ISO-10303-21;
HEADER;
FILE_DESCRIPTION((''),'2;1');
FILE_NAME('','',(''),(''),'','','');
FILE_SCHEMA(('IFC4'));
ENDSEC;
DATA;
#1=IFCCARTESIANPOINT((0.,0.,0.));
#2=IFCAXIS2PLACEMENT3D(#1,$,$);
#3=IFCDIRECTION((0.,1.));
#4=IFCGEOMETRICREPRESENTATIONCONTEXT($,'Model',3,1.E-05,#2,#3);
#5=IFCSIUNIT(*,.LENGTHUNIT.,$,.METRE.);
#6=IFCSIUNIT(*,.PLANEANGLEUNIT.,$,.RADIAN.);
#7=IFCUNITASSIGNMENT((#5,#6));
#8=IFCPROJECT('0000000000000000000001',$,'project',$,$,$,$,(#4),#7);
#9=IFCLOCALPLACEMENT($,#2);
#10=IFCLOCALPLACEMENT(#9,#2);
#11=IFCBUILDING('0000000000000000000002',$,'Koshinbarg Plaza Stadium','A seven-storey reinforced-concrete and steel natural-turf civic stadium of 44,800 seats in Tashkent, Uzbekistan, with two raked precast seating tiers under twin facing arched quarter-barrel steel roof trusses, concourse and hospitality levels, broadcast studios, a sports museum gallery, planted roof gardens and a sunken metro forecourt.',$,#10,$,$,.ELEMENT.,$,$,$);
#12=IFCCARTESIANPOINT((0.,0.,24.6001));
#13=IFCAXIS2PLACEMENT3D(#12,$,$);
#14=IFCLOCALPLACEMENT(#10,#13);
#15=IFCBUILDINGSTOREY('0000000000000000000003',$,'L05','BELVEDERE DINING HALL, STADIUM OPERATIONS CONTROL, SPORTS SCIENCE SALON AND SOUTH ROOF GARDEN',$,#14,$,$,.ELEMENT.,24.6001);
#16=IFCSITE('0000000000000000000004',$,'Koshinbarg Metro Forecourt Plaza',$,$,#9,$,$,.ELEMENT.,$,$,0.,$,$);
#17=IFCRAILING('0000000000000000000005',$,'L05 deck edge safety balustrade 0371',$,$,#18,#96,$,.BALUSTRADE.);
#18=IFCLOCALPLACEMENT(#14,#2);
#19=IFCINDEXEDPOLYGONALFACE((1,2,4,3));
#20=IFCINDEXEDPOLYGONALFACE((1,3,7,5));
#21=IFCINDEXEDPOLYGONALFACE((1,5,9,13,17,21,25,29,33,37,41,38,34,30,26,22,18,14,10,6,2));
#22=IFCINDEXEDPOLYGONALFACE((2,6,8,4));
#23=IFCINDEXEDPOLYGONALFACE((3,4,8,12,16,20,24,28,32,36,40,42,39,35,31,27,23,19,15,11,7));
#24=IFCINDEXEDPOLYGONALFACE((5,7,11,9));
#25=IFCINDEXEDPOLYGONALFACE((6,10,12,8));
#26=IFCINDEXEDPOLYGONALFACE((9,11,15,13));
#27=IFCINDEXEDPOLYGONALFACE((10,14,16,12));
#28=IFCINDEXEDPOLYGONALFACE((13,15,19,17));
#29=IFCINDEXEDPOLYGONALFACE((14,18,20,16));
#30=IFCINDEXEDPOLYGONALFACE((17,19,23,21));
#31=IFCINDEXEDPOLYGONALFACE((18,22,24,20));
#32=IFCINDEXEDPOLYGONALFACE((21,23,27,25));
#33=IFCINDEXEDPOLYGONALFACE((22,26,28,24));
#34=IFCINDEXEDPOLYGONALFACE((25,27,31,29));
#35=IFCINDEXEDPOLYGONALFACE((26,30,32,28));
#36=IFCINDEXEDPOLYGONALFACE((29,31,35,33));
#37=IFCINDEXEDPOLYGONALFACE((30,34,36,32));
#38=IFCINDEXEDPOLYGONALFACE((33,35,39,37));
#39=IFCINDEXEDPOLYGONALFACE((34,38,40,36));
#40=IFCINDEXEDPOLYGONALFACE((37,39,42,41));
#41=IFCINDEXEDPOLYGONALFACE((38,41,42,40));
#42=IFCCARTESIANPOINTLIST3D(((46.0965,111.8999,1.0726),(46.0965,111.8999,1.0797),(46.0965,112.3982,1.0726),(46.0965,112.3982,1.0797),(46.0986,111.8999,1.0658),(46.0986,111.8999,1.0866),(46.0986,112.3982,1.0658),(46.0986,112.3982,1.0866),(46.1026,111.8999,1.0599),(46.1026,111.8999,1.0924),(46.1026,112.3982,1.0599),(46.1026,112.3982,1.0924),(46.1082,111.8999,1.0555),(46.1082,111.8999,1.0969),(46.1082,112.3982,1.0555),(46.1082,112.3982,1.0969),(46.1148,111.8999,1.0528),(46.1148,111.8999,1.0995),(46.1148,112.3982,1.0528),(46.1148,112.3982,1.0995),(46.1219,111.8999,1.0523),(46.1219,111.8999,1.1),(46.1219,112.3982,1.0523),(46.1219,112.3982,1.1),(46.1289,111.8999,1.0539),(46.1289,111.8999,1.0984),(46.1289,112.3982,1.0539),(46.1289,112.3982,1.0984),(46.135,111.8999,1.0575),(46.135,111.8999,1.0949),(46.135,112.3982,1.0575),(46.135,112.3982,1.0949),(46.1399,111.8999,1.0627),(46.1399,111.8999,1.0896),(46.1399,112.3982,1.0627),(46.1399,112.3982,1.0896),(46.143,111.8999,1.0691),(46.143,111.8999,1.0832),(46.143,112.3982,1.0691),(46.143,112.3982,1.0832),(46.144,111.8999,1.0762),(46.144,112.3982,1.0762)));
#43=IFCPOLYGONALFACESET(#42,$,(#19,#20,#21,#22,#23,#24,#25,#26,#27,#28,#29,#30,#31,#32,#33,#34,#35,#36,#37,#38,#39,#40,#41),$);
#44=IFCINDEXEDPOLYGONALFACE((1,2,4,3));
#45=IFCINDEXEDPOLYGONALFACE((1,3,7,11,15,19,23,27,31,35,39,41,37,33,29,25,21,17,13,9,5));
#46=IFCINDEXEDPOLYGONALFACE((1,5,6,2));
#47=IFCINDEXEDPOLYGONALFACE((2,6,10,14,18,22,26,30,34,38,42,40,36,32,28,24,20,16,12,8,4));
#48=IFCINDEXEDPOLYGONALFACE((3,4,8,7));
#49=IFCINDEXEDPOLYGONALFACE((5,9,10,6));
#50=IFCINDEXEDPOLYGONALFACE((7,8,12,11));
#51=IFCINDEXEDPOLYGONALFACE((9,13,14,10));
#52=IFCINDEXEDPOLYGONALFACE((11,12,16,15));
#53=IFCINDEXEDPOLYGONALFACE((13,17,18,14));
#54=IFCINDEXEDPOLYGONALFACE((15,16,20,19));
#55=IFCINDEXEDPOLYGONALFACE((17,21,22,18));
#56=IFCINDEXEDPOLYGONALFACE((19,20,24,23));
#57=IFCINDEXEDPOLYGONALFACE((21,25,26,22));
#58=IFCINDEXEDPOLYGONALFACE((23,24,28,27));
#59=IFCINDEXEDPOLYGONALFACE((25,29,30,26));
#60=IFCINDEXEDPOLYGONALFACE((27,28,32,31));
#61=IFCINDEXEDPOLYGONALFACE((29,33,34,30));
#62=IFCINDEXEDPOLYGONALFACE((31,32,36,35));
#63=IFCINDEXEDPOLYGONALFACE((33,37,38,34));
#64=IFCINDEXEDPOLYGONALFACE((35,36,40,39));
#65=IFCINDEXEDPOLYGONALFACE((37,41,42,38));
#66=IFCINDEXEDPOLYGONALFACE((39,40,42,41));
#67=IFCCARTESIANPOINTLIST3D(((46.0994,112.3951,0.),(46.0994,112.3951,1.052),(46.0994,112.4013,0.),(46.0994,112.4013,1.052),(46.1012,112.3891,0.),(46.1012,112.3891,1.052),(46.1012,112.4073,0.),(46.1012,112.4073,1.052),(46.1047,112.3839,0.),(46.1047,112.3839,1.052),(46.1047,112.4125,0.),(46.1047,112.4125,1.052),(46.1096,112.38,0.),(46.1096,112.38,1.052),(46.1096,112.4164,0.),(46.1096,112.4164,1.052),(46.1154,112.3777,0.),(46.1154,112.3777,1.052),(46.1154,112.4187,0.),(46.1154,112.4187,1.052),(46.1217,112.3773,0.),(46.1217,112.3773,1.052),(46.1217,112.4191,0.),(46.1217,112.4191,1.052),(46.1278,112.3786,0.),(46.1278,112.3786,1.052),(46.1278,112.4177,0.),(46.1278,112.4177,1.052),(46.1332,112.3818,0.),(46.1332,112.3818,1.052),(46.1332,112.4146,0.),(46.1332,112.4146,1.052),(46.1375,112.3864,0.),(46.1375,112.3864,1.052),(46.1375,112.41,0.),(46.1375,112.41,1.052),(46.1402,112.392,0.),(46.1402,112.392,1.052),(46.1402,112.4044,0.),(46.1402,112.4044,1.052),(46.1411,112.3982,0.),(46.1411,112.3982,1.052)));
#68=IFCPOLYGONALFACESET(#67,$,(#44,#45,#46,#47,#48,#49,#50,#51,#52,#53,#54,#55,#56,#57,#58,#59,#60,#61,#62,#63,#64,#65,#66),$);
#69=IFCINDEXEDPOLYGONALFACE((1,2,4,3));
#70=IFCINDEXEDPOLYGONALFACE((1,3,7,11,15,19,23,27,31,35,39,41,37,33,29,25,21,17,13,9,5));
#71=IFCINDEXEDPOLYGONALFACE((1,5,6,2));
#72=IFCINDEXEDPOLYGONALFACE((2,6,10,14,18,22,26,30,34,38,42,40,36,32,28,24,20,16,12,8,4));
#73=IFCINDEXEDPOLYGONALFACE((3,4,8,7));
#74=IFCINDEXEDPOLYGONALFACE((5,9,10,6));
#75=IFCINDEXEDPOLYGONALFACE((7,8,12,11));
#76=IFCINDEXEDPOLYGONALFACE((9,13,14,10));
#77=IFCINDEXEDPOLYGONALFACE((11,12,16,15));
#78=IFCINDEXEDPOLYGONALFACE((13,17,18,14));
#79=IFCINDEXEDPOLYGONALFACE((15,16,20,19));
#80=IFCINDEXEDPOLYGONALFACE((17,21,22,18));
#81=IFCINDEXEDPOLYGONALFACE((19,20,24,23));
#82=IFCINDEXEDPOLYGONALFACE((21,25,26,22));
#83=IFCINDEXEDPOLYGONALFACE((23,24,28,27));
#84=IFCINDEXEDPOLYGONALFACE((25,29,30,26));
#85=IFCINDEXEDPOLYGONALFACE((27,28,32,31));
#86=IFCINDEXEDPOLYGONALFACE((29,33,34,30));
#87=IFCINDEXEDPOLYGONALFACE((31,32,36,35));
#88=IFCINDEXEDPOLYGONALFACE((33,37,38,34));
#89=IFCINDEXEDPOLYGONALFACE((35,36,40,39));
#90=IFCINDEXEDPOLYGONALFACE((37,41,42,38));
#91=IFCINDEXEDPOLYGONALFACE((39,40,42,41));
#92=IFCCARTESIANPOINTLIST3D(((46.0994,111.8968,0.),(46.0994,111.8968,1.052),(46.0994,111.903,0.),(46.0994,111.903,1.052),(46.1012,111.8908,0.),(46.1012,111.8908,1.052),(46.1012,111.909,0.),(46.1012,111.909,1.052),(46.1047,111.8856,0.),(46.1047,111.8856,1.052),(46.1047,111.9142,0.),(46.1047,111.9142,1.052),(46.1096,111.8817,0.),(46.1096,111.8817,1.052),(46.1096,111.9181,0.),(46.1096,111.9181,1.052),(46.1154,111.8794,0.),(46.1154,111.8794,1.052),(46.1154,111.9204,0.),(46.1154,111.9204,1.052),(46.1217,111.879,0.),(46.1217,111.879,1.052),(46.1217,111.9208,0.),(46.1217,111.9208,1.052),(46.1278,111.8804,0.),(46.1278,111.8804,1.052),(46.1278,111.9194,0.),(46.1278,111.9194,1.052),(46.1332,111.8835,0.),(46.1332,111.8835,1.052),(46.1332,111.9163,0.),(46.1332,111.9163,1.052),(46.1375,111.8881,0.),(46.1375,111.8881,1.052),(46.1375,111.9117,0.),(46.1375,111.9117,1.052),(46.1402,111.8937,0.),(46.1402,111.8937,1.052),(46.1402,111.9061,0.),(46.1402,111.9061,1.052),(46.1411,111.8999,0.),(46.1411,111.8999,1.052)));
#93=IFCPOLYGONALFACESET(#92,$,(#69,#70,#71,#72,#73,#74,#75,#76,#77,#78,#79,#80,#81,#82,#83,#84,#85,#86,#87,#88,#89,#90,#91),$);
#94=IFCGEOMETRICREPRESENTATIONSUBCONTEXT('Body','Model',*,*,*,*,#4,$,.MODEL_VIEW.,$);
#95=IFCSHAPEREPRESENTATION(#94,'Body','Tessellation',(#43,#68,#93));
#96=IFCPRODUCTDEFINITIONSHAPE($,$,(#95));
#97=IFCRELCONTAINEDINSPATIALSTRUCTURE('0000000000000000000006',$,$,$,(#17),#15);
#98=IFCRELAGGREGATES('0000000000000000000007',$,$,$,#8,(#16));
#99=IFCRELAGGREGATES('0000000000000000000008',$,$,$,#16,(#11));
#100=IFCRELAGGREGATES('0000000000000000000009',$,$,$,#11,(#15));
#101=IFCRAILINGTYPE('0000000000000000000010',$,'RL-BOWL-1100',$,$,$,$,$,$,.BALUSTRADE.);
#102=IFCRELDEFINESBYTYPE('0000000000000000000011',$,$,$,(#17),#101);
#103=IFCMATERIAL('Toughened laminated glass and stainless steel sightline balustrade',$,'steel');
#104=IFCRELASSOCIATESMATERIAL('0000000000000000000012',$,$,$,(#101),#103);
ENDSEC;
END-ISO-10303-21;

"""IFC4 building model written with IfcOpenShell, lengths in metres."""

from ifc_helpers import new_model, si_unit, direction, frame, origin, origin_2d, place, context, subcontext, project, spatial, circle, extrude, material, type_object, element, save


model = new_model("IFC4")

# Units and contexts
model_context = context("Model", 3, precision=1e-05, world=origin(), true_north=direction((0.0, 1.0)))
body_context = subcontext(model_context, "Body", "Model", "MODEL_VIEW")
ifc_project = project(units=[si_unit("LENGTHUNIT", "METRE"), si_unit("PLANEANGLEUNIT", "RADIAN")], contexts=[model_context])

# Site, building, storey
site_placement = place(None, origin())
site = spatial("IfcSite", under=ifc_project, at=site_placement, Name="Koshinbarg Metro Forecourt Plaza", CompositionType="ELEMENT", RefElevation=0.0)
building_placement = place(site_placement, origin())
building = spatial("IfcBuilding", under=site, at=building_placement, Name="Koshinbarg Plaza Stadium", Description="A seven-storey reinforced-concrete and steel natural-turf civic stadium of 44,800 seats in Tashkent, Uzbekistan, with two raked precast seating tiers under twin facing arched quarter-barrel steel roof trusses, concourse and hospitality levels, broadcast studios, a sports museum gallery, planted roof gardens and a sunken metro forecourt.", CompositionType="ELEMENT")
storey_placement = place(building_placement, frame((0.0, 0.0, 24.6001)))
storey = spatial("IfcBuildingStorey", under=building, at=storey_placement, Name="L05", Description="BELVEDERE DINING HALL, STADIUM OPERATIONS CONTROL, SPORTS SCIENCE SALON AND SOUTH ROOF GARDEN", CompositionType="ELEMENT", Elevation=24.6001)

# Railing
ifc_material_1 = material(Name="Toughened laminated glass and stainless steel sightline balustrade", Category="steel")
railing_type = type_object("IfcRailingType", Name="RL-BOWL-1100", PredefinedType="BALUSTRADE", material=ifc_material_1)
railing_1_placement = place(storey_placement, frame((46.1201, 112.3982, 0.0)))
element("IfcRailing", 1, at=railing_1_placement, inside=storey, type_object=railing_type, Name="L05 deck edge safety balustrade 0371", PredefinedType="BALUSTRADE", context=body_context, shape_type="SweptSolid", body=[
    extrude(circle(Radius=0.0239, at=origin_2d()), frame((0.0, 0.0, 1.0762), z_axis=(0.0, -1.0, 0.0), x_axis=(1.0, 0.0, 0.0)), (0.0, 0.0, 1.0), 0.4983),
    extrude(circle(Radius=0.021, at=origin_2d()), origin(), (0.0, 0.0, 1.0), 1.052),
    extrude(circle(Radius=0.021, at=origin_2d()), frame((0.0, -0.4983, 0.0)), (0.0, 0.0, 1.0), 1.052),
])

save(model, "model.ifc")
